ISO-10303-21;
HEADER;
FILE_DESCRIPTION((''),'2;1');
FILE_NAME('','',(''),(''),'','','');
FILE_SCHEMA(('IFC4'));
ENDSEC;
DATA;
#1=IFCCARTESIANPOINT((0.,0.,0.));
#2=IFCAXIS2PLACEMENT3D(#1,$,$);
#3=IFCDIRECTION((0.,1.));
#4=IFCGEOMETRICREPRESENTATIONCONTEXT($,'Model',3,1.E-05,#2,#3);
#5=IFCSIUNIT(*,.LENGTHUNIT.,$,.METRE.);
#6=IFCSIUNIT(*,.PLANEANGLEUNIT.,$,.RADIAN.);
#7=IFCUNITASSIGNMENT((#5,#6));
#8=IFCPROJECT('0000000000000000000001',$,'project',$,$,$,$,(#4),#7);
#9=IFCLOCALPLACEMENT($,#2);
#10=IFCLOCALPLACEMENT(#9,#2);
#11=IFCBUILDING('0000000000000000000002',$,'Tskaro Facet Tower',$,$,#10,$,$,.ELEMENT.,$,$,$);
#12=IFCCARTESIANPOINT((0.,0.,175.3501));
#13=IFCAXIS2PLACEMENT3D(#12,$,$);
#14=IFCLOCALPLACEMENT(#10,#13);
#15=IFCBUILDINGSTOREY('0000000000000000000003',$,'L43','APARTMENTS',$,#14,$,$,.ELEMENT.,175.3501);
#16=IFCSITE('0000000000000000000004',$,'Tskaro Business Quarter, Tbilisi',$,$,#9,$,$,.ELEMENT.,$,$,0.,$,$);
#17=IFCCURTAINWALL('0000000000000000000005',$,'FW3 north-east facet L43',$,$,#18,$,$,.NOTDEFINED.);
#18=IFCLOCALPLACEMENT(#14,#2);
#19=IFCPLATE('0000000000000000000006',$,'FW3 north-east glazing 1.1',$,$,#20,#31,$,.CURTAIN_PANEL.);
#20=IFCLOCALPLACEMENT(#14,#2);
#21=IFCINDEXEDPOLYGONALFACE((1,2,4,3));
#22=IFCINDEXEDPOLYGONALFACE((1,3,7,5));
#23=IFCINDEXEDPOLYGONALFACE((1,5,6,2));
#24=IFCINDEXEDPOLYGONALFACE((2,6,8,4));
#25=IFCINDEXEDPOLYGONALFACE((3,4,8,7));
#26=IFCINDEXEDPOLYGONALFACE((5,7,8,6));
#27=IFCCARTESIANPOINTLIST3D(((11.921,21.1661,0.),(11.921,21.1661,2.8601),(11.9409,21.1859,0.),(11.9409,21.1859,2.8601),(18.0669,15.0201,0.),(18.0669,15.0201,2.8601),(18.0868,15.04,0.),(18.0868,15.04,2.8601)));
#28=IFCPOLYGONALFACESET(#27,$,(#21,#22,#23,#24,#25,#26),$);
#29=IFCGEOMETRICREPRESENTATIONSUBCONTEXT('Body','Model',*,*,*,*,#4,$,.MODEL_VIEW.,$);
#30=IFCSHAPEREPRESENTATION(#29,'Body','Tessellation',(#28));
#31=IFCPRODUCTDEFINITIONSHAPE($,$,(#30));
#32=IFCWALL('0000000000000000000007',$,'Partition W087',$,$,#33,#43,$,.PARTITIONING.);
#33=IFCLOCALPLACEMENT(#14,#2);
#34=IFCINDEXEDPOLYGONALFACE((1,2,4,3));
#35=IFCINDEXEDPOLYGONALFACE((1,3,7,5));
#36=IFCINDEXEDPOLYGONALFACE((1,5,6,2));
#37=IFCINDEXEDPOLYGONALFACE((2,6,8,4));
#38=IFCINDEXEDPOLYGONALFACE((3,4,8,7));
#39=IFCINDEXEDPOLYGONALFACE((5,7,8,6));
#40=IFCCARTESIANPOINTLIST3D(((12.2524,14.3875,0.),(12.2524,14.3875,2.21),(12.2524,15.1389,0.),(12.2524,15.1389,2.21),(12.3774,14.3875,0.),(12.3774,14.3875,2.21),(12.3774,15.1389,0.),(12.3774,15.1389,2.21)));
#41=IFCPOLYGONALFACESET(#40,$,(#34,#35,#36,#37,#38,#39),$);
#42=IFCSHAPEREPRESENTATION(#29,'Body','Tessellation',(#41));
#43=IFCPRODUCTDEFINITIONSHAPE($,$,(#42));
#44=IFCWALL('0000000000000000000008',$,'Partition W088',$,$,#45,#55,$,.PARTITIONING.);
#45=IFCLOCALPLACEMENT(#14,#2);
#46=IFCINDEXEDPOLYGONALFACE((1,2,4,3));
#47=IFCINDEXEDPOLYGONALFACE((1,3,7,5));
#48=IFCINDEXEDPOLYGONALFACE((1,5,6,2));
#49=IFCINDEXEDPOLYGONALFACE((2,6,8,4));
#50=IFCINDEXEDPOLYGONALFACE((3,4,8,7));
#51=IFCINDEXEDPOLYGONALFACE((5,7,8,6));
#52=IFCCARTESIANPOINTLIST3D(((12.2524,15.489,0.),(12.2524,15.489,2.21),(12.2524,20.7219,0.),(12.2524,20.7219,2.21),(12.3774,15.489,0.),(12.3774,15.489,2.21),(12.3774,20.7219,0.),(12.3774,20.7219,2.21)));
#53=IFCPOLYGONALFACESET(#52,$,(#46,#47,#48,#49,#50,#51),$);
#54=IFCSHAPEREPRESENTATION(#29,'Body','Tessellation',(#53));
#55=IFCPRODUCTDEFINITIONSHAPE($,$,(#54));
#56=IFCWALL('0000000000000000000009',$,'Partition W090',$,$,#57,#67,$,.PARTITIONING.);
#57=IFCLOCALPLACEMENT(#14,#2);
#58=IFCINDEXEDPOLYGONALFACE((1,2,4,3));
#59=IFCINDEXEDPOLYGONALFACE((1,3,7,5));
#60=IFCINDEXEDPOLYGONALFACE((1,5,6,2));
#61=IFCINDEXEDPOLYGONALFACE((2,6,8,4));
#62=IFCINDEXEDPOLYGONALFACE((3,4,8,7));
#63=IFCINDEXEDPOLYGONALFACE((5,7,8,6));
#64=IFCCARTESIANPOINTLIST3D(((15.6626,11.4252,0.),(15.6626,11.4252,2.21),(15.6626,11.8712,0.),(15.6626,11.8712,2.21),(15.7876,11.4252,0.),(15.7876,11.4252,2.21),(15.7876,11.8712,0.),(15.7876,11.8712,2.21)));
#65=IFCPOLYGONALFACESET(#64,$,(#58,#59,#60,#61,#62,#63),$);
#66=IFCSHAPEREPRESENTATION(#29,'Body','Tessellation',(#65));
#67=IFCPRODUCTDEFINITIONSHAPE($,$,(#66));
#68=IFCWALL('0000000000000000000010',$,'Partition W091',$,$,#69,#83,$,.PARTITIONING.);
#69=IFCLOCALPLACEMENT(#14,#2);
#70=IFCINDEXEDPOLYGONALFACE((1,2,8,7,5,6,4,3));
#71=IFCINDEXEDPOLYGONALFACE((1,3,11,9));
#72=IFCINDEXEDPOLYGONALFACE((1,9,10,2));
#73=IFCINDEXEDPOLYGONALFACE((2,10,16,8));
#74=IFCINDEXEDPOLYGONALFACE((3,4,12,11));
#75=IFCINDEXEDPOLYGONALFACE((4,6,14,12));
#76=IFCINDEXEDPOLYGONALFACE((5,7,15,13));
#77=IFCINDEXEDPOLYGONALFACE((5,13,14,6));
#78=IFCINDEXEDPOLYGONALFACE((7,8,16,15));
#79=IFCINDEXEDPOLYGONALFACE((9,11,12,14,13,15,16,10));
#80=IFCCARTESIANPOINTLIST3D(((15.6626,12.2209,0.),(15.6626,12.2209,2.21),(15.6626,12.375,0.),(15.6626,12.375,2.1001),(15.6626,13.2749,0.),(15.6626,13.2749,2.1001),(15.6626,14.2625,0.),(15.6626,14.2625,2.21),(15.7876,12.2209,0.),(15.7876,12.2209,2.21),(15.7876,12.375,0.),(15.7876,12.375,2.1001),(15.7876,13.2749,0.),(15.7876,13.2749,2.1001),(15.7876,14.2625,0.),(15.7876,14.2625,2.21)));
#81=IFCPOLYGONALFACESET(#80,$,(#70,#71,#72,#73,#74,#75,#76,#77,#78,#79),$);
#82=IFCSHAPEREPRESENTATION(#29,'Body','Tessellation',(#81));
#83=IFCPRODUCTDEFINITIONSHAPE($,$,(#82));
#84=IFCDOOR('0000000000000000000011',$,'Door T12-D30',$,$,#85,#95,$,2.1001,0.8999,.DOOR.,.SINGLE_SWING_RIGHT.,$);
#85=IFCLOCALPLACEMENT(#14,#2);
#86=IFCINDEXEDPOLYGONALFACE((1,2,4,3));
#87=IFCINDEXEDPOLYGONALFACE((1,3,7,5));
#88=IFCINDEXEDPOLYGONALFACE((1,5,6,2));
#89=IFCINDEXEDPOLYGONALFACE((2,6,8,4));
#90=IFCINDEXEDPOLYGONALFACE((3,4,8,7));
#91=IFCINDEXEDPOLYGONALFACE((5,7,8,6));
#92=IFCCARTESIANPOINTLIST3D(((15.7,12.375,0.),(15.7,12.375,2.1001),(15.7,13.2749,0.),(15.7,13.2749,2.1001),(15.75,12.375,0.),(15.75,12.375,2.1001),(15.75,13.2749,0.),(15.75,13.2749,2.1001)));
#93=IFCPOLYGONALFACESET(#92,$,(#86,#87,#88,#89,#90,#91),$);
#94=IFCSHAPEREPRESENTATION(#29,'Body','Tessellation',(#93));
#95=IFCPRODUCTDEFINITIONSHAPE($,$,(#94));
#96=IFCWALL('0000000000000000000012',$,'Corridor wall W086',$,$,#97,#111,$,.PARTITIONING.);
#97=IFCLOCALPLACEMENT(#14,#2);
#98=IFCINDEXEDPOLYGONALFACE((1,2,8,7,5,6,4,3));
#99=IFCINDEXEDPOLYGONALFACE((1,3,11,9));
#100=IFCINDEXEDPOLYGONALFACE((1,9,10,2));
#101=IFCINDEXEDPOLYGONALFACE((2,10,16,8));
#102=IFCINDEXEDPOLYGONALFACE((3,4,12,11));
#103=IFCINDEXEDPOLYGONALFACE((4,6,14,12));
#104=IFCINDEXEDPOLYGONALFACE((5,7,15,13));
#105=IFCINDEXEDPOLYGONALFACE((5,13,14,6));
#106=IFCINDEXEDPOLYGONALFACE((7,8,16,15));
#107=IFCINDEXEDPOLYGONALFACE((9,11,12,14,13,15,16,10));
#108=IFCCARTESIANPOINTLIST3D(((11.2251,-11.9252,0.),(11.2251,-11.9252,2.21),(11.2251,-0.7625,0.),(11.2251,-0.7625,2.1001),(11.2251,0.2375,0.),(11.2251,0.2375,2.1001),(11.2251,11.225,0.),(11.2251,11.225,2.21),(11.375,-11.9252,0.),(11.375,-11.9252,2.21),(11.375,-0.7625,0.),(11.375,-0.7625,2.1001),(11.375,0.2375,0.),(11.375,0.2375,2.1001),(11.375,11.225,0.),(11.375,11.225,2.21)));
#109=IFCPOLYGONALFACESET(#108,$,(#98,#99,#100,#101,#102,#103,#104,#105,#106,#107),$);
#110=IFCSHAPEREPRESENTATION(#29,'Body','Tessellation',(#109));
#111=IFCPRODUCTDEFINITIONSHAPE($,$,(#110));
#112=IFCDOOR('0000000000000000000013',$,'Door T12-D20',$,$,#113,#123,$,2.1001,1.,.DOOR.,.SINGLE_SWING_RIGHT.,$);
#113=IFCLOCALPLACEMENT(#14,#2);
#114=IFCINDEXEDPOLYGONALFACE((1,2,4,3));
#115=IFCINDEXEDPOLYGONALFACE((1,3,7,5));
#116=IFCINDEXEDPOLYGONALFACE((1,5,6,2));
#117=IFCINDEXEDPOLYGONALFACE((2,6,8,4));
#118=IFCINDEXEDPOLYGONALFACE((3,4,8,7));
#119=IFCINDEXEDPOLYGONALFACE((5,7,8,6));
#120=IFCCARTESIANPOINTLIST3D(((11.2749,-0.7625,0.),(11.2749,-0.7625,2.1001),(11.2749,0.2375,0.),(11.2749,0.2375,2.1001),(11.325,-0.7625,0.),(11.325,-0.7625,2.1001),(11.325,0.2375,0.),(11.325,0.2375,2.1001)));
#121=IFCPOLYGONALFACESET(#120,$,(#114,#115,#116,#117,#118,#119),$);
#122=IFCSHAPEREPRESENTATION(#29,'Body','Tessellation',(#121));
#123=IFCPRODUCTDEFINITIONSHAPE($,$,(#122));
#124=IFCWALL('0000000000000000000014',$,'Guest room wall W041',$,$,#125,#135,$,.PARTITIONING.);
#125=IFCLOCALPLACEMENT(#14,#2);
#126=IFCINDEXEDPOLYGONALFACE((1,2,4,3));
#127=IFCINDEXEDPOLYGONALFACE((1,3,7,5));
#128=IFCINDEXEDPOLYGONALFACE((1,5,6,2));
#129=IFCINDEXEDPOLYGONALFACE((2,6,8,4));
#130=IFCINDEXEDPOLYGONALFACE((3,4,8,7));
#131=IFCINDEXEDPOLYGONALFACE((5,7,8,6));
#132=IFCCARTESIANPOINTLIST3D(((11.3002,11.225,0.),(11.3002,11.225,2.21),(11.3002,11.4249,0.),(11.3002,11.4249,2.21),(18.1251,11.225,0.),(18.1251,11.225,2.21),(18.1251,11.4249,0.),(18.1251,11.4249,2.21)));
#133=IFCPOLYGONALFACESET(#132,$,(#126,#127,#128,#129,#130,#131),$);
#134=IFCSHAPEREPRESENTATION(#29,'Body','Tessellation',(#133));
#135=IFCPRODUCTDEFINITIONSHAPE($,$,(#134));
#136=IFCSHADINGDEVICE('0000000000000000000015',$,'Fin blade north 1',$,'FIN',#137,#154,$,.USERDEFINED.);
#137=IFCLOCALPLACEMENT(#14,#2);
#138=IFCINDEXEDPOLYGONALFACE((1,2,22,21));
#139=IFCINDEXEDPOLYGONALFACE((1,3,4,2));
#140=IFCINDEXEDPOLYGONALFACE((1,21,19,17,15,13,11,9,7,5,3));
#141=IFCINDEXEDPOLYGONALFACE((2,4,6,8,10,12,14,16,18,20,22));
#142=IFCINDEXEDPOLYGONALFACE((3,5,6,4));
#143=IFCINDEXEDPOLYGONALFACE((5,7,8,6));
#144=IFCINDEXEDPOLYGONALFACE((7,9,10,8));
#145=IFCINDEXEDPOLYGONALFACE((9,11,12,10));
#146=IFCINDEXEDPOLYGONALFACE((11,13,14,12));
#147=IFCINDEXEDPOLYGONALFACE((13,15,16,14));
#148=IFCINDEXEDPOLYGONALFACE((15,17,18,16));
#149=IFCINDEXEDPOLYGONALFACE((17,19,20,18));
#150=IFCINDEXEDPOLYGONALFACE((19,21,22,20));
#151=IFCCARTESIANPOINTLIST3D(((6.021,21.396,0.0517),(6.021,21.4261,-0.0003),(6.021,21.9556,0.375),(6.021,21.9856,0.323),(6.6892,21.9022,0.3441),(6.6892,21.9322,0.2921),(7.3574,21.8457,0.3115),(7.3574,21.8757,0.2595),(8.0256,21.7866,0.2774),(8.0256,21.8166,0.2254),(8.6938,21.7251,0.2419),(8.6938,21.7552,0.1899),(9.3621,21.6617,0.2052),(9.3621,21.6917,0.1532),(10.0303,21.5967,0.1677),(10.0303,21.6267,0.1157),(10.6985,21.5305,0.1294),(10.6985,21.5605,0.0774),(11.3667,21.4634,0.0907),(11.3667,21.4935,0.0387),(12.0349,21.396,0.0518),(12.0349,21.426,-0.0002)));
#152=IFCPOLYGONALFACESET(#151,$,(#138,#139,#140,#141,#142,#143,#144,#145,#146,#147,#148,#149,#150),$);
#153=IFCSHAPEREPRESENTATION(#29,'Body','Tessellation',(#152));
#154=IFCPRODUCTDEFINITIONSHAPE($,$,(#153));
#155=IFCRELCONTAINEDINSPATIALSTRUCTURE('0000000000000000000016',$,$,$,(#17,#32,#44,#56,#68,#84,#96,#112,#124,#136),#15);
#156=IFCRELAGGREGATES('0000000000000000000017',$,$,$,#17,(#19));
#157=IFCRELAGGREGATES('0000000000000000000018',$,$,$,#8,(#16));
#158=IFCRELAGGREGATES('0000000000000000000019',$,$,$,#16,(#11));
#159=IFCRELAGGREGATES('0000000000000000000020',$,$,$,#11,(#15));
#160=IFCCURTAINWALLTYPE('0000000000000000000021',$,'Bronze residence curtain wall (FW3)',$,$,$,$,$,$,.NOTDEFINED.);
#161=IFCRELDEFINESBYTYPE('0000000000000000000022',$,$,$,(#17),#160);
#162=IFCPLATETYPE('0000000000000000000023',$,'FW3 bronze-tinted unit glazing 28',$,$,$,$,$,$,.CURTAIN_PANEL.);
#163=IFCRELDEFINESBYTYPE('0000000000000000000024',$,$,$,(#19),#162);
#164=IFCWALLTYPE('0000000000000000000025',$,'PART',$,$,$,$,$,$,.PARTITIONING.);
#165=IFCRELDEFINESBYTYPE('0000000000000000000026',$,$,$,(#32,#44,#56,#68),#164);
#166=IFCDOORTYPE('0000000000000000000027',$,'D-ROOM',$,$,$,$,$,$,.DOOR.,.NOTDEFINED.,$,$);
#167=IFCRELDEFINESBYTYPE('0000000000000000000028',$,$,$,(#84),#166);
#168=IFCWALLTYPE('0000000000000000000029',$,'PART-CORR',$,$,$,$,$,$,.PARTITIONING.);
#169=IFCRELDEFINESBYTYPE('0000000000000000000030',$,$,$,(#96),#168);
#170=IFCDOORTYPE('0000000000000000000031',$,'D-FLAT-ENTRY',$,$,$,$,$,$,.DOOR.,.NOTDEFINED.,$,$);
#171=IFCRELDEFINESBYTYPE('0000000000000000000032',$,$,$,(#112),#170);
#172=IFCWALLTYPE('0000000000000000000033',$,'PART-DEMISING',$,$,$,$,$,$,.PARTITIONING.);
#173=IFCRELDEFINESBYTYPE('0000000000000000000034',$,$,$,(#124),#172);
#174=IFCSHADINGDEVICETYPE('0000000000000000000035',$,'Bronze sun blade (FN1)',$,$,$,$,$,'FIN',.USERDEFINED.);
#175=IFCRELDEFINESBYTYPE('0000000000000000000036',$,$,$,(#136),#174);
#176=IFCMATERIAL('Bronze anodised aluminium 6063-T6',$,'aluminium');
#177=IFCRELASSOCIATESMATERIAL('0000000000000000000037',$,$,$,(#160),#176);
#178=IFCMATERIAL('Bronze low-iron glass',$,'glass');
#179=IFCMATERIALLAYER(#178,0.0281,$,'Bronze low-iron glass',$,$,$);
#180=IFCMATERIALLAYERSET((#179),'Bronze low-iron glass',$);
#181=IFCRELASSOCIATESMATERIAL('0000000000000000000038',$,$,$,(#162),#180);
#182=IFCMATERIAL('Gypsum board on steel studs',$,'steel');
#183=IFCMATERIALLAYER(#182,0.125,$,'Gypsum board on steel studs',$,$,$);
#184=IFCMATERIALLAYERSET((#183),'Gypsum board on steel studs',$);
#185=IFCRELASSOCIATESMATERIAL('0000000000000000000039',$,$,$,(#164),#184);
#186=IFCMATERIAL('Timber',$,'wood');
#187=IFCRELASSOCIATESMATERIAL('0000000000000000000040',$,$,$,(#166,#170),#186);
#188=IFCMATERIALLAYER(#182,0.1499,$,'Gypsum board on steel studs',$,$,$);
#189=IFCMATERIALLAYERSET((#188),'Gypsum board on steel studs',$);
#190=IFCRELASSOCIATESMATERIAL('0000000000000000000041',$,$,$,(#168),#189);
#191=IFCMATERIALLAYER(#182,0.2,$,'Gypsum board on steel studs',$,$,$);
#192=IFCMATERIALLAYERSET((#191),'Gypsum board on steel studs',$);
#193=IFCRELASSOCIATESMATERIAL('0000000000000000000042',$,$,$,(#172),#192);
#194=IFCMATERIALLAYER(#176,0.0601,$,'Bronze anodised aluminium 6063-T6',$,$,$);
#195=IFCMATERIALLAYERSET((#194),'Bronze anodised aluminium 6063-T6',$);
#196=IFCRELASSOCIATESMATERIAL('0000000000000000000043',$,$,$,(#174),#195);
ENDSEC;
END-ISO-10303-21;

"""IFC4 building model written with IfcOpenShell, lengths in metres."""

from ifc_helpers import new_model, si_unit, direction, frame, frame_2d, origin, origin_2d, place, context, subcontext, project, spatial, polyline, rectangle, outline, extrude, material, layer, layer_set, type_object, element, fill, aggregate, save


model = new_model("IFC4")

# Units and contexts
model_context = context("Model", 3, precision=1e-05, world=origin(), true_north=direction((0.0, 1.0)))
body_context = subcontext(model_context, "Body", "Model", "MODEL_VIEW")
ifc_project = project(units=[si_unit("LENGTHUNIT", "METRE"), si_unit("PLANEANGLEUNIT", "RADIAN")], contexts=[model_context])

# Site, building, storey
site_placement = place(None, origin())
site = spatial("IfcSite", under=ifc_project, at=site_placement, Name="Tskaro Business Quarter, Tbilisi", CompositionType="ELEMENT", RefElevation=0.0)
building_placement = place(site_placement, origin())
building = spatial("IfcBuilding", under=site, at=building_placement, Name="Tskaro Facet Tower", CompositionType="ELEMENT")
storey_placement = place(building_placement, frame((0.0, 0.0, 175.3501)))
storey = spatial("IfcBuildingStorey", under=building, at=storey_placement, Name="L43", Description="APARTMENTS", CompositionType="ELEMENT", Elevation=175.3501)

# Curtain wall
ifc_material_1 = material(Name="Bronze anodised aluminium 6063-T6", Category="aluminium")
curtain_wall_type = type_object("IfcCurtainWallType", Name="Bronze residence curtain wall (FW3)", PredefinedType="NOTDEFINED", material=ifc_material_1)
curtain_wall_1_placement = place(storey_placement, origin())
curtain_wall_1 = element("IfcCurtainWall", 1, at=curtain_wall_1_placement, inside=storey, type_object=curtain_wall_type, Name="FW3 north-east facet L43", PredefinedType="NOTDEFINED")

# Shared definitions
ifc_material_2 = material(Name="Bronze low-iron glass", Category="glass")
ifc_layer_1 = layer(ifc_material_2, 0.0281, Name="Bronze low-iron glass")
ifc_layer_set_1 = layer_set([ifc_layer_1], Name="Bronze low-iron glass")
plate_type = type_object("IfcPlateType", Name="FW3 bronze-tinted unit glazing 28", PredefinedType="CURTAIN_PANEL", material=ifc_layer_set_1)

# Plate
plate_1_placement = place(storey_placement, frame((15.0039, 18.103, 0.0), z_axis=(0.0, 0.0, 1.0), x_axis=(-0.707107, 0.707107, 0.0)))
plate_1 = element("IfcPlate", 2, at=plate_1_placement, type_object=plate_type, Name="FW3 north-east glazing 1.1", PredefinedType="CURTAIN_PANEL", context=body_context, shape_type="SweptSolid", body=[
    extrude(rectangle(XDim=8.6917, YDim=0.0281, at=origin_2d()), origin(), (0.0, 0.0, 1.0), 2.8601),
])
aggregate(curtain_wall_1, [plate_1])

# Walls
ifc_material_3 = material(Name="Gypsum board on steel studs", Category="steel")
ifc_layer_2 = layer(ifc_material_3, 0.125, Name="Gypsum board on steel studs")
ifc_layer_set_2 = layer_set([ifc_layer_2], Name="Gypsum board on steel studs")
wall_type_1 = type_object("IfcWallType", Name="PART", PredefinedType="PARTITIONING", material=ifc_layer_set_2)
wall_1_placement = place(storey_placement, frame((12.3149, 14.3875, 0.0), z_axis=(0.0, 0.0, 1.0), x_axis=(0.0, 1.0, 0.0)))
element("IfcWall", 3, at=wall_1_placement, inside=storey, type_object=wall_type_1, Name="Partition W087", PredefinedType="PARTITIONING", context=body_context, shape_type="SweptSolid", body=[
    extrude(rectangle(XDim=0.7515, YDim=0.125, at=frame_2d((0.3757, 0.0))), origin(), (0.0, 0.0, 1.0), 2.21),
])
wall_2_placement = place(storey_placement, frame((12.3149, 15.489, 0.0), z_axis=(0.0, 0.0, 1.0), x_axis=(0.0, 1.0, 0.0)))
element("IfcWall", 4, at=wall_2_placement, inside=storey, type_object=wall_type_1, Name="Partition W088", PredefinedType="PARTITIONING", context=body_context, shape_type="SweptSolid", body=[
    extrude(rectangle(XDim=5.2329, YDim=0.125, at=frame_2d((2.6165, 0.0))), origin(), (0.0, 0.0, 1.0), 2.21),
])
wall_3_placement = place(storey_placement, frame((15.7251, 11.425, 0.0), z_axis=(0.0, 0.0, 1.0), x_axis=(0.0, 1.0, 0.0)))
element("IfcWall", 5, at=wall_3_placement, inside=storey, type_object=wall_type_1, Name="Partition W090", PredefinedType="PARTITIONING", context=body_context, shape_type="SweptSolid", body=[
    extrude(rectangle(XDim=0.446, YDim=0.125, at=frame_2d((0.2231, 0.0))), origin(), (0.0, 0.0, 1.0), 2.21),
])

# Walls, openings, doors
wall_4_placement = place(storey_placement, frame((15.7251, 14.2625, 0.0), z_axis=(0.0, 0.0, 1.0), x_axis=(0.0, -1.0, 0.0)))
wall_4 = element("IfcWall", 6, at=wall_4_placement, inside=storey, type_object=wall_type_1, Name="Partition W091", PredefinedType="PARTITIONING", context=body_context, shape_type="SweptSolid", body=[
    extrude(rectangle(XDim=2.0415, YDim=0.125, at=frame_2d((1.0208, 0.0))), origin(), (0.0, 0.0, 1.0), 2.21),
])
opening_1_placement = place(wall_4_placement, frame((0.9875, 0.0, 0.0)))
opening_1 = element("IfcOpeningElement", 7, at=opening_1_placement, cuts=wall_4, PredefinedType="OPENING", context=body_context, shape_type="SweptSolid", body=[
    extrude(rectangle(XDim=0.8999, YDim=2.1001, at=frame_2d((0.45, 1.05))), frame((0.0, 0.0725, 0.0), z_axis=(0.0, -1.0, 0.0), x_axis=(1.0, 0.0, 0.0)), (0.0, 0.0, 1.0), 0.145),
])
ifc_material_4 = material(Name="Timber", Category="wood")
door_type_1 = type_object("IfcDoorType", Name="D-ROOM", OperationType="NOTDEFINED", PredefinedType="DOOR", material=ifc_material_4)
door_1_placement = place(opening_1_placement, origin())
door_1 = element("IfcDoor", 8, at=door_1_placement, inside=storey, type_object=door_type_1, Name="Door T12-D30", OperationType="SINGLE_SWING_RIGHT", OverallHeight=2.1001, OverallWidth=0.8999, PredefinedType="DOOR", context=body_context, shape_type="SweptSolid", body=[
    extrude(rectangle(XDim=0.8999, YDim=2.1001, at=frame_2d((0.45, 1.05))), frame((0.0, 0.0249, 0.0), z_axis=(0.0, -1.0, 0.0), x_axis=(1.0, 0.0, 0.0)), (0.0, 0.0, 1.0), 0.05),
])
fill(opening_1, door_1)
ifc_layer_3 = layer(ifc_material_3, 0.1499, Name="Gypsum board on steel studs")
ifc_layer_set_3 = layer_set([ifc_layer_3], Name="Gypsum board on steel studs")
wall_type_2 = type_object("IfcWallType", Name="PART-CORR", PredefinedType="PARTITIONING", material=ifc_layer_set_3)
wall_5_placement = place(storey_placement, frame((11.3, 11.2251, 0.0), z_axis=(0.0, 0.0, 1.0), x_axis=(0.0, -1.0, 0.0)))
wall_5 = element("IfcWall", 9, at=wall_5_placement, inside=storey, type_object=wall_type_2, Name="Corridor wall W086", PredefinedType="PARTITIONING", context=body_context, shape_type="SweptSolid", body=[
    extrude(rectangle(XDim=23.1501, YDim=0.1499, at=frame_2d((11.5752, 0.0))), origin(), (0.0, 0.0, 1.0), 2.21),
])
opening_2_placement = place(wall_5_placement, frame((10.9875, 0.0, 0.0)))
opening_2 = element("IfcOpeningElement", 10, at=opening_2_placement, cuts=wall_5, PredefinedType="OPENING", context=body_context, shape_type="SweptSolid", body=[
    extrude(rectangle(XDim=1.0, YDim=2.1001, at=frame_2d((0.5, 1.05))), frame((0.0, 0.085, 0.0), z_axis=(0.0, -1.0, 0.0), x_axis=(1.0, 0.0, 0.0)), (0.0, 0.0, 1.0), 0.1699),
])
door_type_2 = type_object("IfcDoorType", Name="D-FLAT-ENTRY", OperationType="NOTDEFINED", PredefinedType="DOOR", material=ifc_material_4)
door_2_placement = place(opening_2_placement, origin())
door_2 = element("IfcDoor", 11, at=door_2_placement, inside=storey, type_object=door_type_2, Name="Door T12-D20", OperationType="SINGLE_SWING_RIGHT", OverallHeight=2.1001, OverallWidth=1.0, PredefinedType="DOOR", context=body_context, shape_type="SweptSolid", body=[
    extrude(rectangle(XDim=1.0, YDim=2.1001, at=frame_2d((0.5, 1.05))), frame((0.0, 0.0249, 0.0), z_axis=(0.0, -1.0, 0.0), x_axis=(1.0, 0.0, 0.0)), (0.0, 0.0, 1.0), 0.05),
])
fill(opening_2, door_2)

# Wall
ifc_layer_4 = layer(ifc_material_3, 0.2, Name="Gypsum board on steel studs")
ifc_layer_set_4 = layer_set([ifc_layer_4], Name="Gypsum board on steel studs")
wall_type_3 = type_object("IfcWallType", Name="PART-DEMISING", PredefinedType="PARTITIONING", material=ifc_layer_set_4)
wall_6_placement = place(storey_placement, frame((11.3, 11.325, 0.0), z_axis=(0.0, 0.0, 1.0), x_axis=(1.0, 0.0, 0.0)))
element("IfcWall", 12, at=wall_6_placement, inside=storey, type_object=wall_type_3, Name="Guest room wall W041", PredefinedType="PARTITIONING", context=body_context, shape_type="SweptSolid", body=[
    extrude(rectangle(XDim=6.825, YDim=0.2, at=frame_2d((3.4126, 0.0))), origin(), (0.0, 0.0, 1.0), 2.21),
])

# Shading device
ifc_layer_5 = layer(ifc_material_1, 0.0601, Name="Bronze anodised aluminium 6063-T6")
ifc_layer_set_5 = layer_set([ifc_layer_5], Name="Bronze anodised aluminium 6063-T6")
shading_device_type = type_object("IfcShadingDeviceType", Name="Bronze sun blade (FN1)", ElementType="FIN", PredefinedType="USERDEFINED", material=ifc_layer_set_5)
shading_device_placement = place(storey_placement, frame((12.0349, 21.396, 0.0518), z_axis=(-0.000011, -0.50029, 0.865858), x_axis=(-1.0, 0.000005, -0.000009)))
element("IfcShadingDevice", 13, at=shading_device_placement, inside=storey, type_object=shading_device_type, Name="Fin blade north 1", ObjectType="FIN", PredefinedType="USERDEFINED", context=body_context, shape_type="SweptSolid", body=[
    extrude(outline(polyline([(0.0, 0.0), (6.0139, 0.0), (6.0139, -0.6462), (5.3457, -0.5845), (4.6775, -0.5193), (4.0093, -0.4511), (3.3411, -0.3801), (2.6729, -0.3068), (2.0046, -0.2318), (1.3364, -0.1553), (0.6682, -0.0779), (0.0, 0.0)])), origin(), (0.0, 0.0, -1.0), 0.0601),
])

save(model, "model.ifc")
